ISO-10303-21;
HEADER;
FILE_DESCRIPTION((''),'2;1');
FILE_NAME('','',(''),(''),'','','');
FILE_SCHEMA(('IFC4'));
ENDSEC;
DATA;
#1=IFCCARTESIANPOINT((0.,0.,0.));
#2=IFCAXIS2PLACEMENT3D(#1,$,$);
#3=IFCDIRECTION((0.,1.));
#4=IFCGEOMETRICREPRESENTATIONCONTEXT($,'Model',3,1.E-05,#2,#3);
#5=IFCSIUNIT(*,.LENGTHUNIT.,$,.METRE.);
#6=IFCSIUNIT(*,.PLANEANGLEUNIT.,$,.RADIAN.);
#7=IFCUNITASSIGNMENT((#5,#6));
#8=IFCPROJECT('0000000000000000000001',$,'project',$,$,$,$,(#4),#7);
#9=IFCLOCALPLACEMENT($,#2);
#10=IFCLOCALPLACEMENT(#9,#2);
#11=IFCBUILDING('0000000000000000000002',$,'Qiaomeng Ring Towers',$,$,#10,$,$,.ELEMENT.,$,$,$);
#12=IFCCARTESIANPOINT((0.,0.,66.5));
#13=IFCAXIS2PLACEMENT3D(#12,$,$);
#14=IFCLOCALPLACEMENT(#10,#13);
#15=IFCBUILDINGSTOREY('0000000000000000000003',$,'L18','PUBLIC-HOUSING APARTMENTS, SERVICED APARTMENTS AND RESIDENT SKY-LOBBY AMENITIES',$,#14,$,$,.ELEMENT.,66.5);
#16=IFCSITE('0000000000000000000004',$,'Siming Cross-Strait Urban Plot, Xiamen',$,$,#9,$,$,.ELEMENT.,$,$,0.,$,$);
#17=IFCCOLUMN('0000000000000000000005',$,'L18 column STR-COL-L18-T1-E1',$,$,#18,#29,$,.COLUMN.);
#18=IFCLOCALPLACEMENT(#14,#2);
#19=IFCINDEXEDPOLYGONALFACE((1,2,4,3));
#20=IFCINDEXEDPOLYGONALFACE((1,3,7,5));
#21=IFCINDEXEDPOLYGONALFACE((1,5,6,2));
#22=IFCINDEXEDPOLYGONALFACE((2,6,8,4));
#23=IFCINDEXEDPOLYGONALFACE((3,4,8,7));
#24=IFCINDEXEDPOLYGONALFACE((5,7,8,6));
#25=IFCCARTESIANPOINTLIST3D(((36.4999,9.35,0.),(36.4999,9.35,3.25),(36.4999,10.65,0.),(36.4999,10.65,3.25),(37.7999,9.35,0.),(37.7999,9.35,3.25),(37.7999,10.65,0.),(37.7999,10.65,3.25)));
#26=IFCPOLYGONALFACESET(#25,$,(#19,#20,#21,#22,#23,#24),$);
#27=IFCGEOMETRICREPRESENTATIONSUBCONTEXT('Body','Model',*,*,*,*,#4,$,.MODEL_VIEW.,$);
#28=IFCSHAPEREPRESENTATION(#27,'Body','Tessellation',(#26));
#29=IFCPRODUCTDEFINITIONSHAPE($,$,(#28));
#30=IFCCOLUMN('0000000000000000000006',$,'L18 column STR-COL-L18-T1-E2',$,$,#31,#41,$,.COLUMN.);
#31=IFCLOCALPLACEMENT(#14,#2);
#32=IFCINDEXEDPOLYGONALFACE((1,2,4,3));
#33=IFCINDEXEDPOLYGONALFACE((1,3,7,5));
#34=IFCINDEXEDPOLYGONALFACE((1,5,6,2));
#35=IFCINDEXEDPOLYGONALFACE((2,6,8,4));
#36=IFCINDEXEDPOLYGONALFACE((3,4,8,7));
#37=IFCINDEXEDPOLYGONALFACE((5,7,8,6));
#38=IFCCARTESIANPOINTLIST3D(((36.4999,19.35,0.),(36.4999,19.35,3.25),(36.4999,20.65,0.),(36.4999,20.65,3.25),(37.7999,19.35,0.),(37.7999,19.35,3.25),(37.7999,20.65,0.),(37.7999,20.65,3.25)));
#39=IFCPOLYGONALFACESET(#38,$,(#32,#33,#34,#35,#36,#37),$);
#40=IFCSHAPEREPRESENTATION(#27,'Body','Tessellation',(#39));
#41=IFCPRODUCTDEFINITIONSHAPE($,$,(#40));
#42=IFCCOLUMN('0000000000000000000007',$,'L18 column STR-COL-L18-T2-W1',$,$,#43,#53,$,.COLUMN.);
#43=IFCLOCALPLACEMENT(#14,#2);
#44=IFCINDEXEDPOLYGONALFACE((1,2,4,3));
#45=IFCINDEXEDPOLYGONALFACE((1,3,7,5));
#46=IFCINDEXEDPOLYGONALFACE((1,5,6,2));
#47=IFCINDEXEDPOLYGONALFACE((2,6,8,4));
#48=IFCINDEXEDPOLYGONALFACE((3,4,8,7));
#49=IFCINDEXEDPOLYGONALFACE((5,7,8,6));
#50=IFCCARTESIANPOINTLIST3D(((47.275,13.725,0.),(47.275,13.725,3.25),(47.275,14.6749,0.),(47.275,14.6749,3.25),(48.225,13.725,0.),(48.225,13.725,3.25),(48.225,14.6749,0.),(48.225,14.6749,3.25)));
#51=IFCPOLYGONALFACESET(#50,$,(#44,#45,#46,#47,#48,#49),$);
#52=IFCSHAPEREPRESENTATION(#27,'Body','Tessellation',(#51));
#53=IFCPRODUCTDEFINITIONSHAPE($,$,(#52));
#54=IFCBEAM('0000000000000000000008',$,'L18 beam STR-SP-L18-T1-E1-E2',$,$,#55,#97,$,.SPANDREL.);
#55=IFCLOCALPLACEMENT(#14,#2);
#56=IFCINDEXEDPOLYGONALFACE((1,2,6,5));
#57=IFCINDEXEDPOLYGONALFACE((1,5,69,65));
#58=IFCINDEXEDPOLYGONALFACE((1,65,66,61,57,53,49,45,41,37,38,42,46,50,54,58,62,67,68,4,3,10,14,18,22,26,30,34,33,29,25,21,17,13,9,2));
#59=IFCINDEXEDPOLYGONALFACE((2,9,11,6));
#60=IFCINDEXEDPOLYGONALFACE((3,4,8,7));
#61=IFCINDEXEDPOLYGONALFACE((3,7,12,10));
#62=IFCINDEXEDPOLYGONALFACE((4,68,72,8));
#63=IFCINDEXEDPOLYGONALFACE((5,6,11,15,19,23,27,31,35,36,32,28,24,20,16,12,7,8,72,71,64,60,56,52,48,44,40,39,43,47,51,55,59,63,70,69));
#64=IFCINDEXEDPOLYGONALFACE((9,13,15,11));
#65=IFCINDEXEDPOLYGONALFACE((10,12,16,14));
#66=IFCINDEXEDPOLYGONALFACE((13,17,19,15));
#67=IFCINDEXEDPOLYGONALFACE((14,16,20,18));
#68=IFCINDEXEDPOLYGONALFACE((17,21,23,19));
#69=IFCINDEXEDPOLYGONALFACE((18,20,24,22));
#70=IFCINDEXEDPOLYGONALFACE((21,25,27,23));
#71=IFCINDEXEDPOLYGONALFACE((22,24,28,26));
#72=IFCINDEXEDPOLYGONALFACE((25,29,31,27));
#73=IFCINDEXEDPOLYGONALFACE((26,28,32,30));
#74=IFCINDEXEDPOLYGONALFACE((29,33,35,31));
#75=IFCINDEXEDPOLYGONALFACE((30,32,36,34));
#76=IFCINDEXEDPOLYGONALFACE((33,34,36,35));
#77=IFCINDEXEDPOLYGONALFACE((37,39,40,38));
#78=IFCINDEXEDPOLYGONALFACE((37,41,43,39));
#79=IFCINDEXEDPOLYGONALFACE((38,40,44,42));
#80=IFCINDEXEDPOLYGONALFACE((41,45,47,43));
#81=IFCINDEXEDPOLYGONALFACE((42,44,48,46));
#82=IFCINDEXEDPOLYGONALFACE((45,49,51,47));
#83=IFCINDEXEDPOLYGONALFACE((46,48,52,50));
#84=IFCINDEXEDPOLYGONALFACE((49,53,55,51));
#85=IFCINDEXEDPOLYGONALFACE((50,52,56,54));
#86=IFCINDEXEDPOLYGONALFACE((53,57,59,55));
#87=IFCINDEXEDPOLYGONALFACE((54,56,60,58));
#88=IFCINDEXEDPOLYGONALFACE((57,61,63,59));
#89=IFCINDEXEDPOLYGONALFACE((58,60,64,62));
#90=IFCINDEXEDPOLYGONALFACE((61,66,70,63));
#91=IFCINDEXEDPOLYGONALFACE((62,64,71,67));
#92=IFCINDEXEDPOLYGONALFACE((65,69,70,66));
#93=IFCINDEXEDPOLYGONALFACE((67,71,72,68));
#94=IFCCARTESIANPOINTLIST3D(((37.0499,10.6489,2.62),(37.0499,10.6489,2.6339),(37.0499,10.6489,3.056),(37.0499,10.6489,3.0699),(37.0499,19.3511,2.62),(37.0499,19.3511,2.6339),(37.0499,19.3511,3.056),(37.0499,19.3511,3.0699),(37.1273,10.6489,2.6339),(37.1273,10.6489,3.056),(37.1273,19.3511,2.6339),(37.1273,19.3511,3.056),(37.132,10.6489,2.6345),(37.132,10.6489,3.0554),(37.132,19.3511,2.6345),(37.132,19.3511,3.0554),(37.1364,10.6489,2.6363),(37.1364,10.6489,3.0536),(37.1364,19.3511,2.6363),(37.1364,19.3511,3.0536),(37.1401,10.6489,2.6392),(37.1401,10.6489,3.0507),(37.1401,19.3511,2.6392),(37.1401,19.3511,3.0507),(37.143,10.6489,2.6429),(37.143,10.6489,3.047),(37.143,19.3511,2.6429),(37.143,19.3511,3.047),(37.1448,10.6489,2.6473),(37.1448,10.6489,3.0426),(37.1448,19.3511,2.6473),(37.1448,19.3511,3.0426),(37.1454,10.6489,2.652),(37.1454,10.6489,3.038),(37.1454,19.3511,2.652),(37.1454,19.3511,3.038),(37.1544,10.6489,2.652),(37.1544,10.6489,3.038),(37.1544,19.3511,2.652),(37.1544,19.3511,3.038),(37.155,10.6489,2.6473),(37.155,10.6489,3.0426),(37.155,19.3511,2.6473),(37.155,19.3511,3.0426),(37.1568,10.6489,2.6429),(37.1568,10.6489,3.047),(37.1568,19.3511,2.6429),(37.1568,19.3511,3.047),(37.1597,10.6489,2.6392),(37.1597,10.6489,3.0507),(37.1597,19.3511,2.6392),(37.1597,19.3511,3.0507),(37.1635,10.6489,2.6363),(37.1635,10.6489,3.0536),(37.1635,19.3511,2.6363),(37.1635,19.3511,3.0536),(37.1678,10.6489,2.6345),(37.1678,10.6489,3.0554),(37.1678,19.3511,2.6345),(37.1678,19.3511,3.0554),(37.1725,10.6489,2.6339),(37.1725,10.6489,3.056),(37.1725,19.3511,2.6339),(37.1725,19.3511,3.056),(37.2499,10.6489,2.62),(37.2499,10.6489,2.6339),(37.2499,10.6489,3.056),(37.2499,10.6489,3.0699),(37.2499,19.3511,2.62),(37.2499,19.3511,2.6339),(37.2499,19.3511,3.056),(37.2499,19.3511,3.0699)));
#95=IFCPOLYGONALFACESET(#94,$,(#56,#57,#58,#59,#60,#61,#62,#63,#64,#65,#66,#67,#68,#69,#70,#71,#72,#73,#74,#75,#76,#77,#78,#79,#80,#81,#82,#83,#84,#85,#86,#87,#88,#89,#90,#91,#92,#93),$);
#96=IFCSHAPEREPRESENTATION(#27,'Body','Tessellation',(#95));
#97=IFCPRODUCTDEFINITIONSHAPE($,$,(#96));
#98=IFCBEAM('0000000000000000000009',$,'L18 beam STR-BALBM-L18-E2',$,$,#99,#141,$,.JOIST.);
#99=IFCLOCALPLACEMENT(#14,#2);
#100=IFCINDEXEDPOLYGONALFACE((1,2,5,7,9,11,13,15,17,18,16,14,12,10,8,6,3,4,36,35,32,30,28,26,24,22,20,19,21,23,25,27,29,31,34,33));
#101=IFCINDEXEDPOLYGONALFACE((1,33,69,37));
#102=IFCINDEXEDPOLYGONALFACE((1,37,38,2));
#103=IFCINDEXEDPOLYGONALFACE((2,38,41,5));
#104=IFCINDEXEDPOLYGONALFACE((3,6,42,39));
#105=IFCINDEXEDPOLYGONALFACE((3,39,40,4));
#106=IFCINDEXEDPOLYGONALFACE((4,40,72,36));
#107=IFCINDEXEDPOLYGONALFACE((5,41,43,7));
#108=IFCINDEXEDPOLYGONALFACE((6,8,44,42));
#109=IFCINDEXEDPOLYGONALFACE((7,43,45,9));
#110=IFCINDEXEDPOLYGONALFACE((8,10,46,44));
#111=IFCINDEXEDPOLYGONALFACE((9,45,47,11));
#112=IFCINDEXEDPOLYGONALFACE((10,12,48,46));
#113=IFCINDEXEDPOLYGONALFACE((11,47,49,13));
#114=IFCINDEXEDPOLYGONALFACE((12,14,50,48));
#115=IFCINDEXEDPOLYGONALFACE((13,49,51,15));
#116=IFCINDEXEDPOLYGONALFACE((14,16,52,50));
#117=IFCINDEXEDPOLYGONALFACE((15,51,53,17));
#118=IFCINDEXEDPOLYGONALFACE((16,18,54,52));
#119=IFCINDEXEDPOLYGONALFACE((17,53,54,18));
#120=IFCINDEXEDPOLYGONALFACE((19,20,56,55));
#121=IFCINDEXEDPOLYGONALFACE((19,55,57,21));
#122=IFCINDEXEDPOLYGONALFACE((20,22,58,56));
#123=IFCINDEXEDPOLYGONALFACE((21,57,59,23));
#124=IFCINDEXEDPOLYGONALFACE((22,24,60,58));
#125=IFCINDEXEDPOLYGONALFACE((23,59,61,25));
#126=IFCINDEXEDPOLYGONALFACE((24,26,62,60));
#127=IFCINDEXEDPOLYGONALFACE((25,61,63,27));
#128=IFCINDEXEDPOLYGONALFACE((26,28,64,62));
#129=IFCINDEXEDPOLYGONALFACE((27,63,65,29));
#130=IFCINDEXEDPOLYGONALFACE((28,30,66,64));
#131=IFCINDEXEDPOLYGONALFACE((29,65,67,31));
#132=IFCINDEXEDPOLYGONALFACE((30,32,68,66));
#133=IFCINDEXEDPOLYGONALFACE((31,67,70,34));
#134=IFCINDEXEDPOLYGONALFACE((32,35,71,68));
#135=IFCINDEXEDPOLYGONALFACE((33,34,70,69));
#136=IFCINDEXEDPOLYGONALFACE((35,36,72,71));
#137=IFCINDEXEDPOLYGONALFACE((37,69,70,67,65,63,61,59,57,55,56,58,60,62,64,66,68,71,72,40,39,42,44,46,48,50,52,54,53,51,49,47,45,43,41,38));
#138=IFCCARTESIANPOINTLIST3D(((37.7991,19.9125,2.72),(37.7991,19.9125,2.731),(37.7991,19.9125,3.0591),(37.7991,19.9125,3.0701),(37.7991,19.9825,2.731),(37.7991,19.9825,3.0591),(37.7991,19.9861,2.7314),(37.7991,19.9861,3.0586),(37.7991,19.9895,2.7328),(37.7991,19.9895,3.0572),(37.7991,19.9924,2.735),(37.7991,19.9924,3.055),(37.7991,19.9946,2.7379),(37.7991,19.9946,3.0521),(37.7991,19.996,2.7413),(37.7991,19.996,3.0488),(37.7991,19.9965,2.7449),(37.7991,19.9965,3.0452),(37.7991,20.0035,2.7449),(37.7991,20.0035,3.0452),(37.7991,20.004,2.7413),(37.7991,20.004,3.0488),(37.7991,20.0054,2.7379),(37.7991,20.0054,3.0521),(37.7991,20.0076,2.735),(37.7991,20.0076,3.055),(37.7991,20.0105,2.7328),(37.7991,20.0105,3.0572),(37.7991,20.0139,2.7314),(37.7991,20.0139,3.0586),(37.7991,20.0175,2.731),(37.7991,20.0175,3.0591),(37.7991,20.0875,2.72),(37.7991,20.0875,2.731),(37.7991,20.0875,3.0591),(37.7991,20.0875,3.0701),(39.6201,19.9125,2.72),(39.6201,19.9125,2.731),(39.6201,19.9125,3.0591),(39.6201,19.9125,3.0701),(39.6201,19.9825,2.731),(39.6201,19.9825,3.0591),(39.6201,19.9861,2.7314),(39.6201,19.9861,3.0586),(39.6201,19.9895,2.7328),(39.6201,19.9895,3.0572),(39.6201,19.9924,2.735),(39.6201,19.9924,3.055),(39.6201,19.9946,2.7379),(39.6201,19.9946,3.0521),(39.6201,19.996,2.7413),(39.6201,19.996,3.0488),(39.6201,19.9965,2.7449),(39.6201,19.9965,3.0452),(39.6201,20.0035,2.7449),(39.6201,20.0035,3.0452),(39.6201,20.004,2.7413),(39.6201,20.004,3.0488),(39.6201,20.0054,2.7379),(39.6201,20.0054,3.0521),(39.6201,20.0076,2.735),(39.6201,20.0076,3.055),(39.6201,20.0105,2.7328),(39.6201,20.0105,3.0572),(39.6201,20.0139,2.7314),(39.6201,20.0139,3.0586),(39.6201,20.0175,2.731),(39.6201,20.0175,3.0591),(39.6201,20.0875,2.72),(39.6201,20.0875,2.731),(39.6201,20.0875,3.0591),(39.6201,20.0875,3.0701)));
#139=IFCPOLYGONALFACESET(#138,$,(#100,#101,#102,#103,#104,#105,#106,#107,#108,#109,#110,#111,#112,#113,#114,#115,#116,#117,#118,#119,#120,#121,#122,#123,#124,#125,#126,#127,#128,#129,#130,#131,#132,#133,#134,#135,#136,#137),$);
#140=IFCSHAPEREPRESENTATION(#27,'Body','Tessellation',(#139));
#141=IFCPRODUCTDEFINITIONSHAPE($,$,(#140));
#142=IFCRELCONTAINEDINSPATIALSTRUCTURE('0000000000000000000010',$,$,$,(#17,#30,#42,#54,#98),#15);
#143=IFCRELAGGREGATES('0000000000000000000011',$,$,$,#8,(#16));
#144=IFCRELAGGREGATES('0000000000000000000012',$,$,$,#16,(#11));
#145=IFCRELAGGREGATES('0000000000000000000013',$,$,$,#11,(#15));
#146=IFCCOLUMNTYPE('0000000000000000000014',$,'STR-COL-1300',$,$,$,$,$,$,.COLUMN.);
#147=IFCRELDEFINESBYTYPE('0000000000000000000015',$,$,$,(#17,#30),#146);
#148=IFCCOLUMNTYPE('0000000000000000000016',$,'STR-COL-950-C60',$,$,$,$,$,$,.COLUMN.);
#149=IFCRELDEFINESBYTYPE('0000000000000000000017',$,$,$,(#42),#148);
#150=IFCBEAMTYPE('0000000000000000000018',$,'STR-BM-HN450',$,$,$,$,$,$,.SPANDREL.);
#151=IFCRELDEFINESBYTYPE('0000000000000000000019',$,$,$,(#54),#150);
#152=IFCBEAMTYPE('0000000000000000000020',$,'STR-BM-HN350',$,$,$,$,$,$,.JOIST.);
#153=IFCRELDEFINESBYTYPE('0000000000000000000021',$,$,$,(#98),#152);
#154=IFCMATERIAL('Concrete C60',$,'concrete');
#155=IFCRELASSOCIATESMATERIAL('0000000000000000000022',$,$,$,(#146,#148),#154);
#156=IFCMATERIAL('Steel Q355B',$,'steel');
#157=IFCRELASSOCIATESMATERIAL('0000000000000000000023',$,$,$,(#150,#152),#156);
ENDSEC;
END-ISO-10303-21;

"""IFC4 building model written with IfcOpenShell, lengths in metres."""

from ifc_helpers import new_model, si_unit, direction, frame, origin, origin_2d, place, context, subcontext, project, spatial, rectangle, i_section, extrude, source, transform, mapped, material, material_profile, profile_set, type_object, element, save


model = new_model("IFC4")

# Units and contexts
model_context = context("Model", 3, precision=1e-05, world=origin(), true_north=direction((0.0, 1.0)))
body_context = subcontext(model_context, "Body", "Model", "MODEL_VIEW")
ifc_project = project(units=[si_unit("LENGTHUNIT", "METRE"), si_unit("PLANEANGLEUNIT", "RADIAN")], contexts=[model_context])

# Site, building, storey
site_placement = place(None, origin())
site = spatial("IfcSite", under=ifc_project, at=site_placement, Name="Siming Cross-Strait Urban Plot, Xiamen", CompositionType="ELEMENT", RefElevation=0.0)
building_placement = place(site_placement, origin())
building = spatial("IfcBuilding", under=site, at=building_placement, Name="Qiaomeng Ring Towers", CompositionType="ELEMENT")
storey_placement = place(building_placement, frame((0.0, 0.0, 66.5)))
storey = spatial("IfcBuildingStorey", under=building, at=storey_placement, Name="L18", Description="PUBLIC-HOUSING APARTMENTS, SERVICED APARTMENTS AND RESIDENT SKY-LOBBY AMENITIES", CompositionType="ELEMENT", Elevation=66.5)

# Columns
ifc_material_1 = material(Name="Concrete C60", Category="concrete")
ifc_material_profile_1 = material_profile(ifc_material_1, rectangle(XDim=1.3, YDim=1.3, at=origin_2d()), Name="RC COL 1300x1300")
ifc_profile_set_1 = profile_set([ifc_material_profile_1], Name="Concrete C60")
column_type_1 = type_object("IfcColumnType", Name="STR-COL-1300", PredefinedType="COLUMN", material=ifc_profile_set_1)
shared_shape_1 = source(origin(), body_context, "Body", "SweptSolid", [
    extrude(rectangle(XDim=1.3, YDim=1.3, at=origin_2d()), origin(), (0.0, 0.0, 1.0), 3.25),
])
for number, where, z_axis, x_axis, name in (
    (1, (37.1499, 10.0, 0.0), (0.0, 0.0, 1.0), (1.0, 0.0, 0.0), "L18 column STR-COL-L18-T1-E1"),
    (2, (37.1499, 20.0, 0.0), (0.0, 0.0, 1.0), (1.0, 0.0, 0.0), "L18 column STR-COL-L18-T1-E2"),
):
    element("IfcColumn", number, at=place(storey_placement, frame(where, z_axis=z_axis, x_axis=x_axis)), inside=storey, type_object=column_type_1, Name=name, PredefinedType="COLUMN", context=body_context, shape_type="MappedRepresentation", body=[
        mapped(shared_shape_1, transform((0.0, 0.0, 0.0), x_axis=(1.0, 0.0, 0.0), y_axis=(0.0, 1.0, 0.0), z_axis=(0.0, 0.0, 1.0), scale=1.0)),
    ])
ifc_material_profile_2 = material_profile(ifc_material_1, rectangle(XDim=0.95, YDim=0.95, at=origin_2d()), Name="RC COL 950x950")
ifc_profile_set_2 = profile_set([ifc_material_profile_2], Name="Concrete C60")
column_type_2 = type_object("IfcColumnType", Name="STR-COL-950-C60", PredefinedType="COLUMN", material=ifc_profile_set_2)
shared_shape_2 = source(origin(), body_context, "Body", "SweptSolid", [
    extrude(rectangle(XDim=0.95, YDim=0.95, at=origin_2d()), origin(), (0.0, 0.0, 1.0), 3.25),
])
column_placement = place(storey_placement, frame((47.75, 14.2, 0.0), z_axis=(0.0, 0.0, 1.0), x_axis=(1.0, 0.0, 0.0)))
element("IfcColumn", 3, at=column_placement, inside=storey, type_object=column_type_2, Name="L18 column STR-COL-L18-T2-W1", PredefinedType="COLUMN", context=body_context, shape_type="MappedRepresentation", body=[
    mapped(shared_shape_2, transform((0.0, 0.0, 0.0), x_axis=(1.0, 0.0, 0.0), y_axis=(0.0, 1.0, 0.0), z_axis=(0.0, 0.0, 1.0), scale=1.0)),
])

# Beams
ifc_material_2 = material(Name="Steel Q355B", Category="steel")
ifc_material_profile_3 = material_profile(ifc_material_2, i_section(OverallWidth=0.2, OverallDepth=0.45, WebThickness=0.009, FlangeThickness=0.0139, FilletRadius=0.0181, at=origin_2d()), Name="HN 450x200x9x14")
ifc_profile_set_3 = profile_set([ifc_material_profile_3], Name="Steel Q355B")
beam_type_1 = type_object("IfcBeamType", Name="STR-BM-HN450", PredefinedType="SPANDREL", material=ifc_profile_set_3)
shared_shape_3 = source(origin(), body_context, "Body", "SweptSolid", [
    extrude(i_section(OverallWidth=0.2, OverallDepth=0.45, WebThickness=0.009, FlangeThickness=0.0139, FilletRadius=0.0181, at=origin_2d()), origin(), (0.0, 0.0, 1.0), 8.7021),
])
beam_1_placement = place(storey_placement, frame((37.1499, 10.6489, 2.845), z_axis=(0.0, 1.0, 0.0), x_axis=(-1.0, 0.0, 0.0)))
element("IfcBeam", 4, at=beam_1_placement, inside=storey, type_object=beam_type_1, Name="L18 beam STR-SP-L18-T1-E1-E2", PredefinedType="SPANDREL", context=body_context, shape_type="MappedRepresentation", body=[
    mapped(shared_shape_3, transform((0.0, 0.0, 0.0), x_axis=(1.0, 0.0, 0.0), y_axis=(0.0, 1.0, 0.0), z_axis=(0.0, 0.0, 1.0), scale=1.0)),
])
ifc_material_profile_4 = material_profile(ifc_material_2, i_section(OverallWidth=0.175, OverallDepth=0.3501, WebThickness=0.0071, FlangeThickness=0.011, FilletRadius=0.0139, at=origin_2d()), Name="HN 350x175x7x11")
ifc_profile_set_4 = profile_set([ifc_material_profile_4], Name="Steel Q355B")
beam_type_2 = type_object("IfcBeamType", Name="STR-BM-HN350", PredefinedType="JOIST", material=ifc_profile_set_4)
shared_shape_4 = source(origin(), body_context, "Body", "SweptSolid", [
    extrude(i_section(OverallWidth=0.175, OverallDepth=0.3501, WebThickness=0.0071, FlangeThickness=0.011, FilletRadius=0.0139, at=origin_2d()), origin(), (0.0, 0.0, 1.0), 1.821),
])
beam_2_placement = place(storey_placement, frame((37.7991, 20.0, 2.895), z_axis=(1.0, 0.0, 0.0), x_axis=(0.0, 1.0, 0.0)))
element("IfcBeam", 5, at=beam_2_placement, inside=storey, type_object=beam_type_2, Name="L18 beam STR-BALBM-L18-E2", PredefinedType="JOIST", context=body_context, shape_type="MappedRepresentation", body=[
    mapped(shared_shape_4, transform((0.0, 0.0, 0.0), x_axis=(1.0, 0.0, 0.0), y_axis=(0.0, 1.0, 0.0), z_axis=(0.0, 0.0, 1.0), scale=1.0)),
])

save(model, "model.ifc")
